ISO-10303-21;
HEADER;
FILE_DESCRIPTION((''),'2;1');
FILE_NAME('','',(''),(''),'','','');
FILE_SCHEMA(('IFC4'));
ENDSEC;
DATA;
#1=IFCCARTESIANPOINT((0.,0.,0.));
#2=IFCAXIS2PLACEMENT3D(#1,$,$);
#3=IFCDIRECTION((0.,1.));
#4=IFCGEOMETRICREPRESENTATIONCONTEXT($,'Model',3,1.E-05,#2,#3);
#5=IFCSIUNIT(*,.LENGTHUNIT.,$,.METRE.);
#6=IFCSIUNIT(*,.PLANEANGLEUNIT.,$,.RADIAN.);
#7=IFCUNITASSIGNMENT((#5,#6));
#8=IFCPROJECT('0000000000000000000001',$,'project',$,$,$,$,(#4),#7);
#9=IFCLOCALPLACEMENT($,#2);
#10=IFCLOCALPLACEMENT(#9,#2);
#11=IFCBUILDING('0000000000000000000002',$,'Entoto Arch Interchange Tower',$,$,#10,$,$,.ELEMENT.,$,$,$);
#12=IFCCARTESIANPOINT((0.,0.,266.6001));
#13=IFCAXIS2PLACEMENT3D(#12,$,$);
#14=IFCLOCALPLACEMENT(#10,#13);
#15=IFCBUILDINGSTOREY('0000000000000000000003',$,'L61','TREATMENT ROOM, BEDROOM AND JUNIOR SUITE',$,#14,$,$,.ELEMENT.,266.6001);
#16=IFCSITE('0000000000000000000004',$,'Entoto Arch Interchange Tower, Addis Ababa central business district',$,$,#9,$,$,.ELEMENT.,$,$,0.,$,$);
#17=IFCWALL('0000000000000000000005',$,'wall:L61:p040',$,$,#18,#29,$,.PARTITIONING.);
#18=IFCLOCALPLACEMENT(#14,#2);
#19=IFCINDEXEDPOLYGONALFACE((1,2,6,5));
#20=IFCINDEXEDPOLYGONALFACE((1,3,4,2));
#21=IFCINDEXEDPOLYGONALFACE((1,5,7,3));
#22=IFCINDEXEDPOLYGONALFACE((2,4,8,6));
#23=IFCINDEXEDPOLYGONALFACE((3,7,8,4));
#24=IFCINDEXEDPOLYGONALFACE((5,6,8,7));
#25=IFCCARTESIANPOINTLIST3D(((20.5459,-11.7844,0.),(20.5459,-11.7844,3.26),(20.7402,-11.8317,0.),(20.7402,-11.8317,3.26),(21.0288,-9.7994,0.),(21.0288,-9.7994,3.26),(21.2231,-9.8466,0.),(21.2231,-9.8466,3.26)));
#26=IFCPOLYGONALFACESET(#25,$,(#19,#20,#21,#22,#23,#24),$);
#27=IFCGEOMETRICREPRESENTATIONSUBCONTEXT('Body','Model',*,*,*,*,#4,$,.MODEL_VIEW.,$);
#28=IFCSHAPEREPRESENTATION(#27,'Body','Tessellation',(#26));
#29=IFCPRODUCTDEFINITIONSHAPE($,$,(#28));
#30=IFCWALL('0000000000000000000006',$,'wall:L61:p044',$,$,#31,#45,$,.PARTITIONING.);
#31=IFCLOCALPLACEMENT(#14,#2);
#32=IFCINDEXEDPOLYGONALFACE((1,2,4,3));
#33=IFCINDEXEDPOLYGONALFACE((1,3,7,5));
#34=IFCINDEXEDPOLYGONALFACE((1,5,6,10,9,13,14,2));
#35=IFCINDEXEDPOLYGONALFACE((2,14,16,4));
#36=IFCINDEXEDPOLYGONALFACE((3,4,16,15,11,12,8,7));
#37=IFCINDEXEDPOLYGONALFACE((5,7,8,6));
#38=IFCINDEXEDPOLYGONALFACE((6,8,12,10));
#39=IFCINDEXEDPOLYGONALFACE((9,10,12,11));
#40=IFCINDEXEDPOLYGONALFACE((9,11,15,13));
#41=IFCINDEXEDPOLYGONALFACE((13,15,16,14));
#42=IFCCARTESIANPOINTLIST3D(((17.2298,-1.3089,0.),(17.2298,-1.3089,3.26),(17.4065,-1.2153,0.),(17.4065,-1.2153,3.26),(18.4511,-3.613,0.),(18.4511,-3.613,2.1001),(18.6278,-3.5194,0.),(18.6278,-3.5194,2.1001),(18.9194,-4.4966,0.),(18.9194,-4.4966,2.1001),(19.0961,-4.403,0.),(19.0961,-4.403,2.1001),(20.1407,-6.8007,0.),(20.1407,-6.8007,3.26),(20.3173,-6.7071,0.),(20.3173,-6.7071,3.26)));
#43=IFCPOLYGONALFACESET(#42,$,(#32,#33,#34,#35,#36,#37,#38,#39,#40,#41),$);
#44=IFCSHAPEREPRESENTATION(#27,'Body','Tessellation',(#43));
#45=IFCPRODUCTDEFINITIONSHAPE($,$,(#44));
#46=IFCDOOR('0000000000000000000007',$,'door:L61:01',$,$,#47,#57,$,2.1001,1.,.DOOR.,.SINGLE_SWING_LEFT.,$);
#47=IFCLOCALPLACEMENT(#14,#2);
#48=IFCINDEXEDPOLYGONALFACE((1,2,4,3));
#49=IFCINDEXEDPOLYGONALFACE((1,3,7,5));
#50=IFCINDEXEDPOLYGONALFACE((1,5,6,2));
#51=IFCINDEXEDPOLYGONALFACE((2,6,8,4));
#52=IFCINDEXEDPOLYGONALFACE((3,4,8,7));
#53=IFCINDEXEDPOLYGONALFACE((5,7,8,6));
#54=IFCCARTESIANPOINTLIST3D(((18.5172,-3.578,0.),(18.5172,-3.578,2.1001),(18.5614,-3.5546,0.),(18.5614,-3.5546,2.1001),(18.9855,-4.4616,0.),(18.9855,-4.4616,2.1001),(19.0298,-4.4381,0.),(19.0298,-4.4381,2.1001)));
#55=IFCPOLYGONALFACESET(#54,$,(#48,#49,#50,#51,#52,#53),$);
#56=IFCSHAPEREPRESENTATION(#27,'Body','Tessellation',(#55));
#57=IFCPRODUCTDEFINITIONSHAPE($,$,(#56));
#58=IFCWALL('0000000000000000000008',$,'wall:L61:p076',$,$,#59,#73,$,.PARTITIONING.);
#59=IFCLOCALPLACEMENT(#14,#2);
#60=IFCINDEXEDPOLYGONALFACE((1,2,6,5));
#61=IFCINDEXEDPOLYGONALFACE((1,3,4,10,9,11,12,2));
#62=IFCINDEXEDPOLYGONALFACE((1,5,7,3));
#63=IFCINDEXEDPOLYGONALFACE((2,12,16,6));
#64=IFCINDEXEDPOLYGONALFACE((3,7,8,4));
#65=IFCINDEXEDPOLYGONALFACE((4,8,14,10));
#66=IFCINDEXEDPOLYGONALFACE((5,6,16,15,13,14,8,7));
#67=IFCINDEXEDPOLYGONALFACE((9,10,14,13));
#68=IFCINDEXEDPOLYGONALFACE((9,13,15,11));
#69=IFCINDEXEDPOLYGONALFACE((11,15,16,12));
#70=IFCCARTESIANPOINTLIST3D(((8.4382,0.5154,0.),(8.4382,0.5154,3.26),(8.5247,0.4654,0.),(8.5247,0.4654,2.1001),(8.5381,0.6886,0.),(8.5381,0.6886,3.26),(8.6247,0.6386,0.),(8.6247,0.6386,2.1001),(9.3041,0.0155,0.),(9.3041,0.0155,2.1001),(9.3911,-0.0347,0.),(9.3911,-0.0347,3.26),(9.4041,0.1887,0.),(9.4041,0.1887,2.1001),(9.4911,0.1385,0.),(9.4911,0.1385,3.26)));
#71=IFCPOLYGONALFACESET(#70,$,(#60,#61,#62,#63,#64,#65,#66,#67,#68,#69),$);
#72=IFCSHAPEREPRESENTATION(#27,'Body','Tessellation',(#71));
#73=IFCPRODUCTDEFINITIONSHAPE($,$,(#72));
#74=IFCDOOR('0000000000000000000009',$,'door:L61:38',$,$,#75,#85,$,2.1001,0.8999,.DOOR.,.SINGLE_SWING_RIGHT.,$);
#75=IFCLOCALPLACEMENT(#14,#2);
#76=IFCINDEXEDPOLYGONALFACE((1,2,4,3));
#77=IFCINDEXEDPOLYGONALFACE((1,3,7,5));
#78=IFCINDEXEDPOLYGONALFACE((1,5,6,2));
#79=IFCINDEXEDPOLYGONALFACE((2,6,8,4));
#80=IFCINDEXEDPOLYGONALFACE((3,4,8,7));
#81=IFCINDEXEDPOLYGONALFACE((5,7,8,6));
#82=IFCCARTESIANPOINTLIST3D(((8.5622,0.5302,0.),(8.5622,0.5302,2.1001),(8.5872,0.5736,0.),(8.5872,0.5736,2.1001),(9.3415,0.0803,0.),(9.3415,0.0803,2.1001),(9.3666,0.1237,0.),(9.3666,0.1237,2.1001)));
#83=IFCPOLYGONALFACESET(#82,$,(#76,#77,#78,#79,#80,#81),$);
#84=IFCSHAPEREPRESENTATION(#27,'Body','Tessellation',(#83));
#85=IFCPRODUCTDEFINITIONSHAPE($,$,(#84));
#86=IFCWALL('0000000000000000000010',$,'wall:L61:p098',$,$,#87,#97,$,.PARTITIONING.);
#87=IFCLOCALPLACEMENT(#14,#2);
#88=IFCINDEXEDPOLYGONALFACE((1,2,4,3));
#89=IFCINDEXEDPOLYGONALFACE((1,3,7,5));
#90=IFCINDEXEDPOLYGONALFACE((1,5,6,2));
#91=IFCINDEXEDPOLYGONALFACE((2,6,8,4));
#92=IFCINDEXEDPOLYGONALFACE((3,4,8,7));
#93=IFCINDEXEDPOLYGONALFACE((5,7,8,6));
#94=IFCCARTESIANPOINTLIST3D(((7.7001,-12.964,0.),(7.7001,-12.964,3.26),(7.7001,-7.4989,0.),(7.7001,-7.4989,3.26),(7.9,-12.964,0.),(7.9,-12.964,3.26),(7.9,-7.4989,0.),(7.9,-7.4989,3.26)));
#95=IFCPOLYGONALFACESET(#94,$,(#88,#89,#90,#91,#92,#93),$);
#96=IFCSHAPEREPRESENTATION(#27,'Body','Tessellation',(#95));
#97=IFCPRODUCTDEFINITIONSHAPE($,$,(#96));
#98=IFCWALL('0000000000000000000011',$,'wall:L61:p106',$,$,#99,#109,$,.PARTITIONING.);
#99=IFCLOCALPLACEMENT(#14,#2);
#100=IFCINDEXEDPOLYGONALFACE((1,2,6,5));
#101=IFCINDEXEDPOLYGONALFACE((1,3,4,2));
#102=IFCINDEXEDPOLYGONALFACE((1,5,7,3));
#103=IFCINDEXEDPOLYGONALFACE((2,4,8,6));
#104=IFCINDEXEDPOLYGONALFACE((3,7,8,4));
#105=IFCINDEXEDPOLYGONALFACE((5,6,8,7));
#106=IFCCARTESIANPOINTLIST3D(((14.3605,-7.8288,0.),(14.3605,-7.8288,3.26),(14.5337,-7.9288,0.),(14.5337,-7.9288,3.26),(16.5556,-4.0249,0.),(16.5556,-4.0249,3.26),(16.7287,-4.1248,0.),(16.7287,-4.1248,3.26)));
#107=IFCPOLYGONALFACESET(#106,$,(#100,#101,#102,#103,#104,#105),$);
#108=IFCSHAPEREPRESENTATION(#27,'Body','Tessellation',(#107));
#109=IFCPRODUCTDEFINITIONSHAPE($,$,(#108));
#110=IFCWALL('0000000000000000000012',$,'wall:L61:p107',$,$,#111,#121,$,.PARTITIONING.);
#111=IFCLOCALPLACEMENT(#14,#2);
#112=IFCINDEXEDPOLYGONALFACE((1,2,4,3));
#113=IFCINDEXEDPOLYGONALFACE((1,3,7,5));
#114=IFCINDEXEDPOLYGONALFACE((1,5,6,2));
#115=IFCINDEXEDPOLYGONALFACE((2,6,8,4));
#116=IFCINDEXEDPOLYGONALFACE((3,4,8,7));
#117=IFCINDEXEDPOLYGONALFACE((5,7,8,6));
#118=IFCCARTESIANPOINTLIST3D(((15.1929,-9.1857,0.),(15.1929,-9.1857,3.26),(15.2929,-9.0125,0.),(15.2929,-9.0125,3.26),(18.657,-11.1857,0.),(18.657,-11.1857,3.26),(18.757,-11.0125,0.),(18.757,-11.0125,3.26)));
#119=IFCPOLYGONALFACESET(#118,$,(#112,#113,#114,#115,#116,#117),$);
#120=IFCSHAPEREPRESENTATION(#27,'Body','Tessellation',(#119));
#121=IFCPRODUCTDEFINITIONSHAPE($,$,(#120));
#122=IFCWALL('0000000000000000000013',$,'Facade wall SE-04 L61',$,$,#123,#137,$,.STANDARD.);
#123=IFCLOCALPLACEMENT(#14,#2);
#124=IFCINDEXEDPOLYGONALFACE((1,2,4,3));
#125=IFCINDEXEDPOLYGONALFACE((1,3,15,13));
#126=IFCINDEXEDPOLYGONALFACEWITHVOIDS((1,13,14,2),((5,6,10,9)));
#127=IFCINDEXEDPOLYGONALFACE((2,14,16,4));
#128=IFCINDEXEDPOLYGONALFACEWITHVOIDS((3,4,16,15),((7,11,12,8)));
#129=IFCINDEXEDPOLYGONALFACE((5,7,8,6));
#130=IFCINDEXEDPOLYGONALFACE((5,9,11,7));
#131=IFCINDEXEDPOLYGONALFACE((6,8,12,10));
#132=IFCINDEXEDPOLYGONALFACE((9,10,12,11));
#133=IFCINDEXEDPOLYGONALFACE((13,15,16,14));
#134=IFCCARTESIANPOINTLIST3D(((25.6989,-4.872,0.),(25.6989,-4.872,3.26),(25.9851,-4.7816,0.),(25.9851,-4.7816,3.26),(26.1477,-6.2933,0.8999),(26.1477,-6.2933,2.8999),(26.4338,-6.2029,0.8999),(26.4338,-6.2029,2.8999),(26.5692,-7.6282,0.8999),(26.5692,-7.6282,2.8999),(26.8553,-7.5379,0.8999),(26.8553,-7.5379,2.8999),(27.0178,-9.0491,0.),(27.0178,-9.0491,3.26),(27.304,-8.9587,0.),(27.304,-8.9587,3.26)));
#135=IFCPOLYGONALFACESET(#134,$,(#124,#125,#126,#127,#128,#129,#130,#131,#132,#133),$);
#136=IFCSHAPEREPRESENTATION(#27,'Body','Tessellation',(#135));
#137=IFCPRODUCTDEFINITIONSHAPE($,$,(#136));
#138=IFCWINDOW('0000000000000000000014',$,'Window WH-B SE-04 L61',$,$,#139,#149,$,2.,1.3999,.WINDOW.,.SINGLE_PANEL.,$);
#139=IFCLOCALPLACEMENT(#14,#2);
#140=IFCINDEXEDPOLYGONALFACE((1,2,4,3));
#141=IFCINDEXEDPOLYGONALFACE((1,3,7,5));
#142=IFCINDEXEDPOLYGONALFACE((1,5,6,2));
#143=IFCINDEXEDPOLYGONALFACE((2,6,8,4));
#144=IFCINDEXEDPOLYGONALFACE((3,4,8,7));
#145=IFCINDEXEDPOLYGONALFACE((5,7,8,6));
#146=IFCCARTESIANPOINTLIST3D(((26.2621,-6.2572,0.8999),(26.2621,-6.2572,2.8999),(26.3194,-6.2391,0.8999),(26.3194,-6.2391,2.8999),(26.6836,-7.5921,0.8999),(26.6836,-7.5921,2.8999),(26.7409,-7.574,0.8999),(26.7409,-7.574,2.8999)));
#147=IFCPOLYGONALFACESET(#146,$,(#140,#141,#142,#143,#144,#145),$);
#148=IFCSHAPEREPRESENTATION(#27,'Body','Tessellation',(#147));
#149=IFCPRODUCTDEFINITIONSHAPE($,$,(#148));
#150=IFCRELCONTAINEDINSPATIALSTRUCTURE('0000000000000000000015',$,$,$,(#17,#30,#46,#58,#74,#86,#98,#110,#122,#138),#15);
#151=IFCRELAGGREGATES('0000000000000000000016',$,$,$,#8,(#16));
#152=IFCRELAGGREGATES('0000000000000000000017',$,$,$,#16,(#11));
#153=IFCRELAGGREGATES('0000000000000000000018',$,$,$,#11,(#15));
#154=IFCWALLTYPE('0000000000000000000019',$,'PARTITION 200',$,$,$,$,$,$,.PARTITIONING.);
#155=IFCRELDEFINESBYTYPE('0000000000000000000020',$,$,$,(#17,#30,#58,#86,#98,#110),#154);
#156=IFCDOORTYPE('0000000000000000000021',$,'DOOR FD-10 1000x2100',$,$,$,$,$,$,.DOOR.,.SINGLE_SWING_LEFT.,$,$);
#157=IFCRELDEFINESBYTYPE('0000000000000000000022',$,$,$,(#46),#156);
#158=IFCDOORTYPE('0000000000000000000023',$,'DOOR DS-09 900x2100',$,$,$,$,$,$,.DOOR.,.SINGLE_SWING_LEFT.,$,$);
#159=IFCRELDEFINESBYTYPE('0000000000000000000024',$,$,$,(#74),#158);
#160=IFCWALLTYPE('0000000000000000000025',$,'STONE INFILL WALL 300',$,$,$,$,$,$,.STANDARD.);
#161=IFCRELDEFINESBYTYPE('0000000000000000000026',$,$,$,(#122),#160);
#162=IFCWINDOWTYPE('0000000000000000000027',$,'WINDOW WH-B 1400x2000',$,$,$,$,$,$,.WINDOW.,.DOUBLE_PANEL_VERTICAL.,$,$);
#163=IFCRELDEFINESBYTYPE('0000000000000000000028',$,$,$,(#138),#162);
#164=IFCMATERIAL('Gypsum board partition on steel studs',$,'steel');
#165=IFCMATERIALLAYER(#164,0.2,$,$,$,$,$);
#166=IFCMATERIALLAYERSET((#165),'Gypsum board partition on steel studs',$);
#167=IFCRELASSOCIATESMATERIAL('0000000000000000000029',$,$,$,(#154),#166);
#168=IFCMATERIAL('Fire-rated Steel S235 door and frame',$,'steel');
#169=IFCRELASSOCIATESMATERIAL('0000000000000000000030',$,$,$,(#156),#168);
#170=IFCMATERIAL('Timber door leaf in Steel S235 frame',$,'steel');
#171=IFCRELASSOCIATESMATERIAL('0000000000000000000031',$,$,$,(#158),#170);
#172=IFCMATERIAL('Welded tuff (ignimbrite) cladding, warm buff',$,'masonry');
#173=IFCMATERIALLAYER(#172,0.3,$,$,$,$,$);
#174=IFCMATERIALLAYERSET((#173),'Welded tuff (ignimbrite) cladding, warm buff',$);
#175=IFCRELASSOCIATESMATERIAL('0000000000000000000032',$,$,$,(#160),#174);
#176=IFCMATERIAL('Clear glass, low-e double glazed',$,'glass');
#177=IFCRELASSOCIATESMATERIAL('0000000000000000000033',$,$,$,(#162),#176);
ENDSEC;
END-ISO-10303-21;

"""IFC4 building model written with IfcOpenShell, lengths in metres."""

from ifc_helpers import new_model, si_unit, direction, frame, frame_2d, origin, place, context, subcontext, project, spatial, rectangle, extrude, material, layer, layer_set, type_object, element, fill, save


model = new_model("IFC4")

# Units and contexts
model_context = context("Model", 3, precision=1e-05, world=origin(), true_north=direction((0.0, 1.0)))
body_context = subcontext(model_context, "Body", "Model", "MODEL_VIEW")
ifc_project = project(units=[si_unit("LENGTHUNIT", "METRE"), si_unit("PLANEANGLEUNIT", "RADIAN")], contexts=[model_context])

# Site, building, storey
site_placement = place(None, origin())
site = spatial("IfcSite", under=ifc_project, at=site_placement, Name="Entoto Arch Interchange Tower, Addis Ababa central business district", CompositionType="ELEMENT", RefElevation=0.0)
building_placement = place(site_placement, origin())
building = spatial("IfcBuilding", under=site, at=building_placement, Name="Entoto Arch Interchange Tower", CompositionType="ELEMENT")
storey_placement = place(building_placement, frame((0.0, 0.0, 266.6001)))
storey = spatial("IfcBuildingStorey", under=building, at=storey_placement, Name="L61", Description="TREATMENT ROOM, BEDROOM AND JUNIOR SUITE", CompositionType="ELEMENT", Elevation=266.6001)

# Shared definitions
ifc_material_1 = material(Name="Gypsum board partition on steel studs", Category="steel")
ifc_layer_1 = layer(ifc_material_1, 0.2)
ifc_layer_set_1 = layer_set([ifc_layer_1], Name="Gypsum board partition on steel studs")
wall_type_1 = type_object("IfcWallType", Name="PARTITION 200", PredefinedType="PARTITIONING", material=ifc_layer_set_1)

# Shared definitions
ifc_material_2 = material(Name="Timber door leaf in Steel S235 frame", Category="steel")

# Wall
wall_1_placement = place(storey_placement, frame((21.126, -9.823, 0.0), z_axis=(0.0, 0.0, 1.0), x_axis=(-0.236373, -0.971662, 0.0)))
element("IfcWall", 1, at=wall_1_placement, inside=storey, type_object=wall_type_1, Name="wall:L61:p040", PredefinedType="PARTITIONING", context=body_context, shape_type="SweptSolid", body=[
    extrude(rectangle(XDim=2.043, YDim=0.2, at=frame_2d((1.0215, 0.0))), origin(), (0.0, 0.0, 1.0), 3.26),
])

# Walls, openings, doors
wall_2_placement = place(storey_placement, frame((17.3181, -1.262, 0.0), z_axis=(0.0, 0.0, 1.0), x_axis=(0.468314, -0.883562, 0.0)))
wall_2 = element("IfcWall", 2, at=wall_2_placement, inside=storey, type_object=wall_type_1, Name="wall:L61:p044", PredefinedType="PARTITIONING", context=body_context, shape_type="SweptSolid", body=[
    extrude(rectangle(XDim=6.2156, YDim=0.2, at=frame_2d((3.1079, 0.0))), origin(), (0.0, 0.0, 1.0), 3.26),
])
opening_1_placement = place(wall_2_placement, frame((2.6079, 0.0, 0.0)))
opening_1 = element("IfcOpeningElement", 3, at=opening_1_placement, cuts=wall_2, PredefinedType="OPENING", context=body_context, shape_type="SweptSolid", body=[
    extrude(rectangle(XDim=1.0, YDim=2.1001, at=frame_2d((0.5, 1.05))), frame((0.0, 0.1099, 0.0), z_axis=(0.0, -1.0, 0.0), x_axis=(1.0, 0.0, 0.0)), (0.0, 0.0, 1.0), 0.22),
])
ifc_material_3 = material(Name="Fire-rated Steel S235 door and frame", Category="steel")
door_type_1 = type_object("IfcDoorType", Name="DOOR FD-10 1000x2100", OperationType="SINGLE_SWING_LEFT", PredefinedType="DOOR", material=ifc_material_3)
door_1_placement = place(opening_1_placement, origin())
door_1 = element("IfcDoor", 4, at=door_1_placement, inside=storey, type_object=door_type_1, Name="door:L61:01", OperationType="SINGLE_SWING_LEFT", OverallHeight=2.1001, OverallWidth=1.0, PredefinedType="DOOR", context=body_context, shape_type="SweptSolid", body=[
    extrude(rectangle(XDim=1.0, YDim=2.1001, at=frame_2d((0.5, 1.05))), frame((0.0, 0.0249, 0.0), z_axis=(0.0, -1.0, 0.0), x_axis=(1.0, 0.0, 0.0)), (0.0, 0.0, 1.0), 0.05),
])
fill(opening_1, door_1)
wall_3_placement = place(storey_placement, frame((8.488, 0.6021, 0.0), z_axis=(0.0, 0.0, 1.0), x_axis=(0.866064, -0.499934, 0.0)))
wall_3 = element("IfcWall", 5, at=wall_3_placement, inside=storey, type_object=wall_type_1, Name="wall:L61:p076", PredefinedType="PARTITIONING", context=body_context, shape_type="SweptSolid", body=[
    extrude(rectangle(XDim=1.1003, YDim=0.2, at=frame_2d((0.5503, 0.0))), origin(), (0.0, 0.0, 1.0), 3.26),
])
opening_2_placement = place(wall_3_placement, frame((0.1001, 0.0, 0.0)))
opening_2 = element("IfcOpeningElement", 6, at=opening_2_placement, cuts=wall_3, PredefinedType="OPENING", context=body_context, shape_type="SweptSolid", body=[
    extrude(rectangle(XDim=0.8999, YDim=2.1001, at=frame_2d((0.45, 1.05))), frame((0.0, 0.1099, 0.0), z_axis=(0.0, -1.0, 0.0), x_axis=(1.0, 0.0, 0.0)), (0.0, 0.0, 1.0), 0.22),
])
door_type_2 = type_object("IfcDoorType", Name="DOOR DS-09 900x2100", OperationType="SINGLE_SWING_LEFT", PredefinedType="DOOR", material=ifc_material_2)
door_2_placement = place(opening_2_placement, origin())
door_2 = element("IfcDoor", 7, at=door_2_placement, inside=storey, type_object=door_type_2, Name="door:L61:38", OperationType="SINGLE_SWING_RIGHT", OverallHeight=2.1001, OverallWidth=0.8999, PredefinedType="DOOR", context=body_context, shape_type="SweptSolid", body=[
    extrude(rectangle(XDim=0.8999, YDim=2.1001, at=frame_2d((0.45, 1.05))), frame((0.0, 0.0249, 0.0), z_axis=(0.0, -1.0, 0.0), x_axis=(1.0, 0.0, 0.0)), (0.0, 0.0, 1.0), 0.05),
])
fill(opening_2, door_2)

# Walls
wall_4_placement = place(storey_placement, frame((7.8, -7.499, 0.0), z_axis=(0.0, 0.0, 1.0), x_axis=(0.0, -1.0, 0.0)))
element("IfcWall", 8, at=wall_4_placement, inside=storey, type_object=wall_type_1, Name="wall:L61:p098", PredefinedType="PARTITIONING", context=body_context, shape_type="SweptSolid", body=[
    extrude(rectangle(XDim=5.4651, YDim=0.2, at=frame_2d((2.7324, 0.0))), origin(), (0.0, 0.0, 1.0), 3.26),
])
wall_5_placement = place(storey_placement, frame((16.6421, -4.075, 0.0), z_axis=(0.0, 0.0, 1.0), x_axis=(-0.499804, -0.866138, 0.0)))
element("IfcWall", 9, at=wall_5_placement, inside=storey, type_object=wall_type_1, Name="wall:L61:p106", PredefinedType="PARTITIONING", context=body_context, shape_type="SweptSolid", body=[
    extrude(rectangle(XDim=4.3918, YDim=0.2, at=frame_2d((2.1958, 0.0))), origin(), (0.0, 0.0, 1.0), 3.26),
])
wall_6_placement = place(storey_placement, frame((15.2429, -9.0991, 0.0), z_axis=(0.0, 0.0, 1.0), x_axis=(0.866026, -0.499999, 0.0)))
element("IfcWall", 10, at=wall_6_placement, inside=storey, type_object=wall_type_1, Name="wall:L61:p107", PredefinedType="PARTITIONING", context=body_context, shape_type="SweptSolid", body=[
    extrude(rectangle(XDim=4.0, YDim=0.2, at=frame_2d((2.0, 0.0))), origin(), (0.0, 0.0, 1.0), 3.26),
])

# Wall, opening, window
ifc_material_4 = material(Name="Welded tuff (ignimbrite) cladding, warm buff", Category="masonry")
ifc_layer_2 = layer(ifc_material_4, 0.3)
ifc_layer_set_2 = layer_set([ifc_layer_2], Name="Welded tuff (ignimbrite) cladding, warm buff")
wall_type_2 = type_object("IfcWallType", Name="STONE INFILL WALL 300", PredefinedType="STANDARD", material=ifc_layer_set_2)
wall_7_placement = place(storey_placement, frame((27.1609, -9.0039, 0.0), z_axis=(0.0, 0.0, 1.0), x_axis=(-0.301089, 0.953596, 0.0)))
wall_7 = element("IfcWall", 11, at=wall_7_placement, inside=storey, type_object=wall_type_2, Name="Facade wall SE-04 L61", PredefinedType="STANDARD", context=body_context, shape_type="SweptSolid", body=[
    extrude(rectangle(XDim=4.3804, YDim=0.3, at=frame_2d((2.1902, 0.0))), origin(), (0.0, 0.0, 1.0), 3.26),
])
opening_3_placement = place(wall_7_placement, frame((1.49, 0.0, 0.8999)))
opening_3 = element("IfcOpeningElement", 12, at=opening_3_placement, cuts=wall_7, PredefinedType="OPENING", context=body_context, shape_type="SweptSolid", body=[
    extrude(rectangle(XDim=1.3999, YDim=2.0, at=frame_2d((0.7, 1.0))), frame((0.0, 0.1602, 0.0), z_axis=(0.0, -1.0, 0.0), x_axis=(1.0, 0.0, 0.0)), (0.0, 0.0, 1.0), 0.3201),
])
ifc_material_5 = material(Name="Clear glass, low-e double glazed", Category="glass")
window_type_1 = type_object("IfcWindowType", Name="WINDOW WH-B 1400x2000", PartitioningType="DOUBLE_PANEL_VERTICAL", PredefinedType="WINDOW", material=ifc_material_5)
window_1_placement = place(opening_3_placement, origin())
window_1 = element("IfcWindow", 13, at=window_1_placement, inside=storey, type_object=window_type_1, Name="Window WH-B SE-04 L61", OverallHeight=2.0, OverallWidth=1.3999, PartitioningType="SINGLE_PANEL", PredefinedType="WINDOW", context=body_context, shape_type="SweptSolid", body=[
    extrude(rectangle(XDim=1.3999, YDim=2.0, at=frame_2d((0.7, 1.0))), frame((0.0, 0.03, 0.0), z_axis=(0.0, -1.0, 0.0), x_axis=(1.0, 0.0, 0.0)), (0.0, 0.0, 1.0), 0.0601),
])
fill(opening_3, window_1)

save(model, "model.ifc")
